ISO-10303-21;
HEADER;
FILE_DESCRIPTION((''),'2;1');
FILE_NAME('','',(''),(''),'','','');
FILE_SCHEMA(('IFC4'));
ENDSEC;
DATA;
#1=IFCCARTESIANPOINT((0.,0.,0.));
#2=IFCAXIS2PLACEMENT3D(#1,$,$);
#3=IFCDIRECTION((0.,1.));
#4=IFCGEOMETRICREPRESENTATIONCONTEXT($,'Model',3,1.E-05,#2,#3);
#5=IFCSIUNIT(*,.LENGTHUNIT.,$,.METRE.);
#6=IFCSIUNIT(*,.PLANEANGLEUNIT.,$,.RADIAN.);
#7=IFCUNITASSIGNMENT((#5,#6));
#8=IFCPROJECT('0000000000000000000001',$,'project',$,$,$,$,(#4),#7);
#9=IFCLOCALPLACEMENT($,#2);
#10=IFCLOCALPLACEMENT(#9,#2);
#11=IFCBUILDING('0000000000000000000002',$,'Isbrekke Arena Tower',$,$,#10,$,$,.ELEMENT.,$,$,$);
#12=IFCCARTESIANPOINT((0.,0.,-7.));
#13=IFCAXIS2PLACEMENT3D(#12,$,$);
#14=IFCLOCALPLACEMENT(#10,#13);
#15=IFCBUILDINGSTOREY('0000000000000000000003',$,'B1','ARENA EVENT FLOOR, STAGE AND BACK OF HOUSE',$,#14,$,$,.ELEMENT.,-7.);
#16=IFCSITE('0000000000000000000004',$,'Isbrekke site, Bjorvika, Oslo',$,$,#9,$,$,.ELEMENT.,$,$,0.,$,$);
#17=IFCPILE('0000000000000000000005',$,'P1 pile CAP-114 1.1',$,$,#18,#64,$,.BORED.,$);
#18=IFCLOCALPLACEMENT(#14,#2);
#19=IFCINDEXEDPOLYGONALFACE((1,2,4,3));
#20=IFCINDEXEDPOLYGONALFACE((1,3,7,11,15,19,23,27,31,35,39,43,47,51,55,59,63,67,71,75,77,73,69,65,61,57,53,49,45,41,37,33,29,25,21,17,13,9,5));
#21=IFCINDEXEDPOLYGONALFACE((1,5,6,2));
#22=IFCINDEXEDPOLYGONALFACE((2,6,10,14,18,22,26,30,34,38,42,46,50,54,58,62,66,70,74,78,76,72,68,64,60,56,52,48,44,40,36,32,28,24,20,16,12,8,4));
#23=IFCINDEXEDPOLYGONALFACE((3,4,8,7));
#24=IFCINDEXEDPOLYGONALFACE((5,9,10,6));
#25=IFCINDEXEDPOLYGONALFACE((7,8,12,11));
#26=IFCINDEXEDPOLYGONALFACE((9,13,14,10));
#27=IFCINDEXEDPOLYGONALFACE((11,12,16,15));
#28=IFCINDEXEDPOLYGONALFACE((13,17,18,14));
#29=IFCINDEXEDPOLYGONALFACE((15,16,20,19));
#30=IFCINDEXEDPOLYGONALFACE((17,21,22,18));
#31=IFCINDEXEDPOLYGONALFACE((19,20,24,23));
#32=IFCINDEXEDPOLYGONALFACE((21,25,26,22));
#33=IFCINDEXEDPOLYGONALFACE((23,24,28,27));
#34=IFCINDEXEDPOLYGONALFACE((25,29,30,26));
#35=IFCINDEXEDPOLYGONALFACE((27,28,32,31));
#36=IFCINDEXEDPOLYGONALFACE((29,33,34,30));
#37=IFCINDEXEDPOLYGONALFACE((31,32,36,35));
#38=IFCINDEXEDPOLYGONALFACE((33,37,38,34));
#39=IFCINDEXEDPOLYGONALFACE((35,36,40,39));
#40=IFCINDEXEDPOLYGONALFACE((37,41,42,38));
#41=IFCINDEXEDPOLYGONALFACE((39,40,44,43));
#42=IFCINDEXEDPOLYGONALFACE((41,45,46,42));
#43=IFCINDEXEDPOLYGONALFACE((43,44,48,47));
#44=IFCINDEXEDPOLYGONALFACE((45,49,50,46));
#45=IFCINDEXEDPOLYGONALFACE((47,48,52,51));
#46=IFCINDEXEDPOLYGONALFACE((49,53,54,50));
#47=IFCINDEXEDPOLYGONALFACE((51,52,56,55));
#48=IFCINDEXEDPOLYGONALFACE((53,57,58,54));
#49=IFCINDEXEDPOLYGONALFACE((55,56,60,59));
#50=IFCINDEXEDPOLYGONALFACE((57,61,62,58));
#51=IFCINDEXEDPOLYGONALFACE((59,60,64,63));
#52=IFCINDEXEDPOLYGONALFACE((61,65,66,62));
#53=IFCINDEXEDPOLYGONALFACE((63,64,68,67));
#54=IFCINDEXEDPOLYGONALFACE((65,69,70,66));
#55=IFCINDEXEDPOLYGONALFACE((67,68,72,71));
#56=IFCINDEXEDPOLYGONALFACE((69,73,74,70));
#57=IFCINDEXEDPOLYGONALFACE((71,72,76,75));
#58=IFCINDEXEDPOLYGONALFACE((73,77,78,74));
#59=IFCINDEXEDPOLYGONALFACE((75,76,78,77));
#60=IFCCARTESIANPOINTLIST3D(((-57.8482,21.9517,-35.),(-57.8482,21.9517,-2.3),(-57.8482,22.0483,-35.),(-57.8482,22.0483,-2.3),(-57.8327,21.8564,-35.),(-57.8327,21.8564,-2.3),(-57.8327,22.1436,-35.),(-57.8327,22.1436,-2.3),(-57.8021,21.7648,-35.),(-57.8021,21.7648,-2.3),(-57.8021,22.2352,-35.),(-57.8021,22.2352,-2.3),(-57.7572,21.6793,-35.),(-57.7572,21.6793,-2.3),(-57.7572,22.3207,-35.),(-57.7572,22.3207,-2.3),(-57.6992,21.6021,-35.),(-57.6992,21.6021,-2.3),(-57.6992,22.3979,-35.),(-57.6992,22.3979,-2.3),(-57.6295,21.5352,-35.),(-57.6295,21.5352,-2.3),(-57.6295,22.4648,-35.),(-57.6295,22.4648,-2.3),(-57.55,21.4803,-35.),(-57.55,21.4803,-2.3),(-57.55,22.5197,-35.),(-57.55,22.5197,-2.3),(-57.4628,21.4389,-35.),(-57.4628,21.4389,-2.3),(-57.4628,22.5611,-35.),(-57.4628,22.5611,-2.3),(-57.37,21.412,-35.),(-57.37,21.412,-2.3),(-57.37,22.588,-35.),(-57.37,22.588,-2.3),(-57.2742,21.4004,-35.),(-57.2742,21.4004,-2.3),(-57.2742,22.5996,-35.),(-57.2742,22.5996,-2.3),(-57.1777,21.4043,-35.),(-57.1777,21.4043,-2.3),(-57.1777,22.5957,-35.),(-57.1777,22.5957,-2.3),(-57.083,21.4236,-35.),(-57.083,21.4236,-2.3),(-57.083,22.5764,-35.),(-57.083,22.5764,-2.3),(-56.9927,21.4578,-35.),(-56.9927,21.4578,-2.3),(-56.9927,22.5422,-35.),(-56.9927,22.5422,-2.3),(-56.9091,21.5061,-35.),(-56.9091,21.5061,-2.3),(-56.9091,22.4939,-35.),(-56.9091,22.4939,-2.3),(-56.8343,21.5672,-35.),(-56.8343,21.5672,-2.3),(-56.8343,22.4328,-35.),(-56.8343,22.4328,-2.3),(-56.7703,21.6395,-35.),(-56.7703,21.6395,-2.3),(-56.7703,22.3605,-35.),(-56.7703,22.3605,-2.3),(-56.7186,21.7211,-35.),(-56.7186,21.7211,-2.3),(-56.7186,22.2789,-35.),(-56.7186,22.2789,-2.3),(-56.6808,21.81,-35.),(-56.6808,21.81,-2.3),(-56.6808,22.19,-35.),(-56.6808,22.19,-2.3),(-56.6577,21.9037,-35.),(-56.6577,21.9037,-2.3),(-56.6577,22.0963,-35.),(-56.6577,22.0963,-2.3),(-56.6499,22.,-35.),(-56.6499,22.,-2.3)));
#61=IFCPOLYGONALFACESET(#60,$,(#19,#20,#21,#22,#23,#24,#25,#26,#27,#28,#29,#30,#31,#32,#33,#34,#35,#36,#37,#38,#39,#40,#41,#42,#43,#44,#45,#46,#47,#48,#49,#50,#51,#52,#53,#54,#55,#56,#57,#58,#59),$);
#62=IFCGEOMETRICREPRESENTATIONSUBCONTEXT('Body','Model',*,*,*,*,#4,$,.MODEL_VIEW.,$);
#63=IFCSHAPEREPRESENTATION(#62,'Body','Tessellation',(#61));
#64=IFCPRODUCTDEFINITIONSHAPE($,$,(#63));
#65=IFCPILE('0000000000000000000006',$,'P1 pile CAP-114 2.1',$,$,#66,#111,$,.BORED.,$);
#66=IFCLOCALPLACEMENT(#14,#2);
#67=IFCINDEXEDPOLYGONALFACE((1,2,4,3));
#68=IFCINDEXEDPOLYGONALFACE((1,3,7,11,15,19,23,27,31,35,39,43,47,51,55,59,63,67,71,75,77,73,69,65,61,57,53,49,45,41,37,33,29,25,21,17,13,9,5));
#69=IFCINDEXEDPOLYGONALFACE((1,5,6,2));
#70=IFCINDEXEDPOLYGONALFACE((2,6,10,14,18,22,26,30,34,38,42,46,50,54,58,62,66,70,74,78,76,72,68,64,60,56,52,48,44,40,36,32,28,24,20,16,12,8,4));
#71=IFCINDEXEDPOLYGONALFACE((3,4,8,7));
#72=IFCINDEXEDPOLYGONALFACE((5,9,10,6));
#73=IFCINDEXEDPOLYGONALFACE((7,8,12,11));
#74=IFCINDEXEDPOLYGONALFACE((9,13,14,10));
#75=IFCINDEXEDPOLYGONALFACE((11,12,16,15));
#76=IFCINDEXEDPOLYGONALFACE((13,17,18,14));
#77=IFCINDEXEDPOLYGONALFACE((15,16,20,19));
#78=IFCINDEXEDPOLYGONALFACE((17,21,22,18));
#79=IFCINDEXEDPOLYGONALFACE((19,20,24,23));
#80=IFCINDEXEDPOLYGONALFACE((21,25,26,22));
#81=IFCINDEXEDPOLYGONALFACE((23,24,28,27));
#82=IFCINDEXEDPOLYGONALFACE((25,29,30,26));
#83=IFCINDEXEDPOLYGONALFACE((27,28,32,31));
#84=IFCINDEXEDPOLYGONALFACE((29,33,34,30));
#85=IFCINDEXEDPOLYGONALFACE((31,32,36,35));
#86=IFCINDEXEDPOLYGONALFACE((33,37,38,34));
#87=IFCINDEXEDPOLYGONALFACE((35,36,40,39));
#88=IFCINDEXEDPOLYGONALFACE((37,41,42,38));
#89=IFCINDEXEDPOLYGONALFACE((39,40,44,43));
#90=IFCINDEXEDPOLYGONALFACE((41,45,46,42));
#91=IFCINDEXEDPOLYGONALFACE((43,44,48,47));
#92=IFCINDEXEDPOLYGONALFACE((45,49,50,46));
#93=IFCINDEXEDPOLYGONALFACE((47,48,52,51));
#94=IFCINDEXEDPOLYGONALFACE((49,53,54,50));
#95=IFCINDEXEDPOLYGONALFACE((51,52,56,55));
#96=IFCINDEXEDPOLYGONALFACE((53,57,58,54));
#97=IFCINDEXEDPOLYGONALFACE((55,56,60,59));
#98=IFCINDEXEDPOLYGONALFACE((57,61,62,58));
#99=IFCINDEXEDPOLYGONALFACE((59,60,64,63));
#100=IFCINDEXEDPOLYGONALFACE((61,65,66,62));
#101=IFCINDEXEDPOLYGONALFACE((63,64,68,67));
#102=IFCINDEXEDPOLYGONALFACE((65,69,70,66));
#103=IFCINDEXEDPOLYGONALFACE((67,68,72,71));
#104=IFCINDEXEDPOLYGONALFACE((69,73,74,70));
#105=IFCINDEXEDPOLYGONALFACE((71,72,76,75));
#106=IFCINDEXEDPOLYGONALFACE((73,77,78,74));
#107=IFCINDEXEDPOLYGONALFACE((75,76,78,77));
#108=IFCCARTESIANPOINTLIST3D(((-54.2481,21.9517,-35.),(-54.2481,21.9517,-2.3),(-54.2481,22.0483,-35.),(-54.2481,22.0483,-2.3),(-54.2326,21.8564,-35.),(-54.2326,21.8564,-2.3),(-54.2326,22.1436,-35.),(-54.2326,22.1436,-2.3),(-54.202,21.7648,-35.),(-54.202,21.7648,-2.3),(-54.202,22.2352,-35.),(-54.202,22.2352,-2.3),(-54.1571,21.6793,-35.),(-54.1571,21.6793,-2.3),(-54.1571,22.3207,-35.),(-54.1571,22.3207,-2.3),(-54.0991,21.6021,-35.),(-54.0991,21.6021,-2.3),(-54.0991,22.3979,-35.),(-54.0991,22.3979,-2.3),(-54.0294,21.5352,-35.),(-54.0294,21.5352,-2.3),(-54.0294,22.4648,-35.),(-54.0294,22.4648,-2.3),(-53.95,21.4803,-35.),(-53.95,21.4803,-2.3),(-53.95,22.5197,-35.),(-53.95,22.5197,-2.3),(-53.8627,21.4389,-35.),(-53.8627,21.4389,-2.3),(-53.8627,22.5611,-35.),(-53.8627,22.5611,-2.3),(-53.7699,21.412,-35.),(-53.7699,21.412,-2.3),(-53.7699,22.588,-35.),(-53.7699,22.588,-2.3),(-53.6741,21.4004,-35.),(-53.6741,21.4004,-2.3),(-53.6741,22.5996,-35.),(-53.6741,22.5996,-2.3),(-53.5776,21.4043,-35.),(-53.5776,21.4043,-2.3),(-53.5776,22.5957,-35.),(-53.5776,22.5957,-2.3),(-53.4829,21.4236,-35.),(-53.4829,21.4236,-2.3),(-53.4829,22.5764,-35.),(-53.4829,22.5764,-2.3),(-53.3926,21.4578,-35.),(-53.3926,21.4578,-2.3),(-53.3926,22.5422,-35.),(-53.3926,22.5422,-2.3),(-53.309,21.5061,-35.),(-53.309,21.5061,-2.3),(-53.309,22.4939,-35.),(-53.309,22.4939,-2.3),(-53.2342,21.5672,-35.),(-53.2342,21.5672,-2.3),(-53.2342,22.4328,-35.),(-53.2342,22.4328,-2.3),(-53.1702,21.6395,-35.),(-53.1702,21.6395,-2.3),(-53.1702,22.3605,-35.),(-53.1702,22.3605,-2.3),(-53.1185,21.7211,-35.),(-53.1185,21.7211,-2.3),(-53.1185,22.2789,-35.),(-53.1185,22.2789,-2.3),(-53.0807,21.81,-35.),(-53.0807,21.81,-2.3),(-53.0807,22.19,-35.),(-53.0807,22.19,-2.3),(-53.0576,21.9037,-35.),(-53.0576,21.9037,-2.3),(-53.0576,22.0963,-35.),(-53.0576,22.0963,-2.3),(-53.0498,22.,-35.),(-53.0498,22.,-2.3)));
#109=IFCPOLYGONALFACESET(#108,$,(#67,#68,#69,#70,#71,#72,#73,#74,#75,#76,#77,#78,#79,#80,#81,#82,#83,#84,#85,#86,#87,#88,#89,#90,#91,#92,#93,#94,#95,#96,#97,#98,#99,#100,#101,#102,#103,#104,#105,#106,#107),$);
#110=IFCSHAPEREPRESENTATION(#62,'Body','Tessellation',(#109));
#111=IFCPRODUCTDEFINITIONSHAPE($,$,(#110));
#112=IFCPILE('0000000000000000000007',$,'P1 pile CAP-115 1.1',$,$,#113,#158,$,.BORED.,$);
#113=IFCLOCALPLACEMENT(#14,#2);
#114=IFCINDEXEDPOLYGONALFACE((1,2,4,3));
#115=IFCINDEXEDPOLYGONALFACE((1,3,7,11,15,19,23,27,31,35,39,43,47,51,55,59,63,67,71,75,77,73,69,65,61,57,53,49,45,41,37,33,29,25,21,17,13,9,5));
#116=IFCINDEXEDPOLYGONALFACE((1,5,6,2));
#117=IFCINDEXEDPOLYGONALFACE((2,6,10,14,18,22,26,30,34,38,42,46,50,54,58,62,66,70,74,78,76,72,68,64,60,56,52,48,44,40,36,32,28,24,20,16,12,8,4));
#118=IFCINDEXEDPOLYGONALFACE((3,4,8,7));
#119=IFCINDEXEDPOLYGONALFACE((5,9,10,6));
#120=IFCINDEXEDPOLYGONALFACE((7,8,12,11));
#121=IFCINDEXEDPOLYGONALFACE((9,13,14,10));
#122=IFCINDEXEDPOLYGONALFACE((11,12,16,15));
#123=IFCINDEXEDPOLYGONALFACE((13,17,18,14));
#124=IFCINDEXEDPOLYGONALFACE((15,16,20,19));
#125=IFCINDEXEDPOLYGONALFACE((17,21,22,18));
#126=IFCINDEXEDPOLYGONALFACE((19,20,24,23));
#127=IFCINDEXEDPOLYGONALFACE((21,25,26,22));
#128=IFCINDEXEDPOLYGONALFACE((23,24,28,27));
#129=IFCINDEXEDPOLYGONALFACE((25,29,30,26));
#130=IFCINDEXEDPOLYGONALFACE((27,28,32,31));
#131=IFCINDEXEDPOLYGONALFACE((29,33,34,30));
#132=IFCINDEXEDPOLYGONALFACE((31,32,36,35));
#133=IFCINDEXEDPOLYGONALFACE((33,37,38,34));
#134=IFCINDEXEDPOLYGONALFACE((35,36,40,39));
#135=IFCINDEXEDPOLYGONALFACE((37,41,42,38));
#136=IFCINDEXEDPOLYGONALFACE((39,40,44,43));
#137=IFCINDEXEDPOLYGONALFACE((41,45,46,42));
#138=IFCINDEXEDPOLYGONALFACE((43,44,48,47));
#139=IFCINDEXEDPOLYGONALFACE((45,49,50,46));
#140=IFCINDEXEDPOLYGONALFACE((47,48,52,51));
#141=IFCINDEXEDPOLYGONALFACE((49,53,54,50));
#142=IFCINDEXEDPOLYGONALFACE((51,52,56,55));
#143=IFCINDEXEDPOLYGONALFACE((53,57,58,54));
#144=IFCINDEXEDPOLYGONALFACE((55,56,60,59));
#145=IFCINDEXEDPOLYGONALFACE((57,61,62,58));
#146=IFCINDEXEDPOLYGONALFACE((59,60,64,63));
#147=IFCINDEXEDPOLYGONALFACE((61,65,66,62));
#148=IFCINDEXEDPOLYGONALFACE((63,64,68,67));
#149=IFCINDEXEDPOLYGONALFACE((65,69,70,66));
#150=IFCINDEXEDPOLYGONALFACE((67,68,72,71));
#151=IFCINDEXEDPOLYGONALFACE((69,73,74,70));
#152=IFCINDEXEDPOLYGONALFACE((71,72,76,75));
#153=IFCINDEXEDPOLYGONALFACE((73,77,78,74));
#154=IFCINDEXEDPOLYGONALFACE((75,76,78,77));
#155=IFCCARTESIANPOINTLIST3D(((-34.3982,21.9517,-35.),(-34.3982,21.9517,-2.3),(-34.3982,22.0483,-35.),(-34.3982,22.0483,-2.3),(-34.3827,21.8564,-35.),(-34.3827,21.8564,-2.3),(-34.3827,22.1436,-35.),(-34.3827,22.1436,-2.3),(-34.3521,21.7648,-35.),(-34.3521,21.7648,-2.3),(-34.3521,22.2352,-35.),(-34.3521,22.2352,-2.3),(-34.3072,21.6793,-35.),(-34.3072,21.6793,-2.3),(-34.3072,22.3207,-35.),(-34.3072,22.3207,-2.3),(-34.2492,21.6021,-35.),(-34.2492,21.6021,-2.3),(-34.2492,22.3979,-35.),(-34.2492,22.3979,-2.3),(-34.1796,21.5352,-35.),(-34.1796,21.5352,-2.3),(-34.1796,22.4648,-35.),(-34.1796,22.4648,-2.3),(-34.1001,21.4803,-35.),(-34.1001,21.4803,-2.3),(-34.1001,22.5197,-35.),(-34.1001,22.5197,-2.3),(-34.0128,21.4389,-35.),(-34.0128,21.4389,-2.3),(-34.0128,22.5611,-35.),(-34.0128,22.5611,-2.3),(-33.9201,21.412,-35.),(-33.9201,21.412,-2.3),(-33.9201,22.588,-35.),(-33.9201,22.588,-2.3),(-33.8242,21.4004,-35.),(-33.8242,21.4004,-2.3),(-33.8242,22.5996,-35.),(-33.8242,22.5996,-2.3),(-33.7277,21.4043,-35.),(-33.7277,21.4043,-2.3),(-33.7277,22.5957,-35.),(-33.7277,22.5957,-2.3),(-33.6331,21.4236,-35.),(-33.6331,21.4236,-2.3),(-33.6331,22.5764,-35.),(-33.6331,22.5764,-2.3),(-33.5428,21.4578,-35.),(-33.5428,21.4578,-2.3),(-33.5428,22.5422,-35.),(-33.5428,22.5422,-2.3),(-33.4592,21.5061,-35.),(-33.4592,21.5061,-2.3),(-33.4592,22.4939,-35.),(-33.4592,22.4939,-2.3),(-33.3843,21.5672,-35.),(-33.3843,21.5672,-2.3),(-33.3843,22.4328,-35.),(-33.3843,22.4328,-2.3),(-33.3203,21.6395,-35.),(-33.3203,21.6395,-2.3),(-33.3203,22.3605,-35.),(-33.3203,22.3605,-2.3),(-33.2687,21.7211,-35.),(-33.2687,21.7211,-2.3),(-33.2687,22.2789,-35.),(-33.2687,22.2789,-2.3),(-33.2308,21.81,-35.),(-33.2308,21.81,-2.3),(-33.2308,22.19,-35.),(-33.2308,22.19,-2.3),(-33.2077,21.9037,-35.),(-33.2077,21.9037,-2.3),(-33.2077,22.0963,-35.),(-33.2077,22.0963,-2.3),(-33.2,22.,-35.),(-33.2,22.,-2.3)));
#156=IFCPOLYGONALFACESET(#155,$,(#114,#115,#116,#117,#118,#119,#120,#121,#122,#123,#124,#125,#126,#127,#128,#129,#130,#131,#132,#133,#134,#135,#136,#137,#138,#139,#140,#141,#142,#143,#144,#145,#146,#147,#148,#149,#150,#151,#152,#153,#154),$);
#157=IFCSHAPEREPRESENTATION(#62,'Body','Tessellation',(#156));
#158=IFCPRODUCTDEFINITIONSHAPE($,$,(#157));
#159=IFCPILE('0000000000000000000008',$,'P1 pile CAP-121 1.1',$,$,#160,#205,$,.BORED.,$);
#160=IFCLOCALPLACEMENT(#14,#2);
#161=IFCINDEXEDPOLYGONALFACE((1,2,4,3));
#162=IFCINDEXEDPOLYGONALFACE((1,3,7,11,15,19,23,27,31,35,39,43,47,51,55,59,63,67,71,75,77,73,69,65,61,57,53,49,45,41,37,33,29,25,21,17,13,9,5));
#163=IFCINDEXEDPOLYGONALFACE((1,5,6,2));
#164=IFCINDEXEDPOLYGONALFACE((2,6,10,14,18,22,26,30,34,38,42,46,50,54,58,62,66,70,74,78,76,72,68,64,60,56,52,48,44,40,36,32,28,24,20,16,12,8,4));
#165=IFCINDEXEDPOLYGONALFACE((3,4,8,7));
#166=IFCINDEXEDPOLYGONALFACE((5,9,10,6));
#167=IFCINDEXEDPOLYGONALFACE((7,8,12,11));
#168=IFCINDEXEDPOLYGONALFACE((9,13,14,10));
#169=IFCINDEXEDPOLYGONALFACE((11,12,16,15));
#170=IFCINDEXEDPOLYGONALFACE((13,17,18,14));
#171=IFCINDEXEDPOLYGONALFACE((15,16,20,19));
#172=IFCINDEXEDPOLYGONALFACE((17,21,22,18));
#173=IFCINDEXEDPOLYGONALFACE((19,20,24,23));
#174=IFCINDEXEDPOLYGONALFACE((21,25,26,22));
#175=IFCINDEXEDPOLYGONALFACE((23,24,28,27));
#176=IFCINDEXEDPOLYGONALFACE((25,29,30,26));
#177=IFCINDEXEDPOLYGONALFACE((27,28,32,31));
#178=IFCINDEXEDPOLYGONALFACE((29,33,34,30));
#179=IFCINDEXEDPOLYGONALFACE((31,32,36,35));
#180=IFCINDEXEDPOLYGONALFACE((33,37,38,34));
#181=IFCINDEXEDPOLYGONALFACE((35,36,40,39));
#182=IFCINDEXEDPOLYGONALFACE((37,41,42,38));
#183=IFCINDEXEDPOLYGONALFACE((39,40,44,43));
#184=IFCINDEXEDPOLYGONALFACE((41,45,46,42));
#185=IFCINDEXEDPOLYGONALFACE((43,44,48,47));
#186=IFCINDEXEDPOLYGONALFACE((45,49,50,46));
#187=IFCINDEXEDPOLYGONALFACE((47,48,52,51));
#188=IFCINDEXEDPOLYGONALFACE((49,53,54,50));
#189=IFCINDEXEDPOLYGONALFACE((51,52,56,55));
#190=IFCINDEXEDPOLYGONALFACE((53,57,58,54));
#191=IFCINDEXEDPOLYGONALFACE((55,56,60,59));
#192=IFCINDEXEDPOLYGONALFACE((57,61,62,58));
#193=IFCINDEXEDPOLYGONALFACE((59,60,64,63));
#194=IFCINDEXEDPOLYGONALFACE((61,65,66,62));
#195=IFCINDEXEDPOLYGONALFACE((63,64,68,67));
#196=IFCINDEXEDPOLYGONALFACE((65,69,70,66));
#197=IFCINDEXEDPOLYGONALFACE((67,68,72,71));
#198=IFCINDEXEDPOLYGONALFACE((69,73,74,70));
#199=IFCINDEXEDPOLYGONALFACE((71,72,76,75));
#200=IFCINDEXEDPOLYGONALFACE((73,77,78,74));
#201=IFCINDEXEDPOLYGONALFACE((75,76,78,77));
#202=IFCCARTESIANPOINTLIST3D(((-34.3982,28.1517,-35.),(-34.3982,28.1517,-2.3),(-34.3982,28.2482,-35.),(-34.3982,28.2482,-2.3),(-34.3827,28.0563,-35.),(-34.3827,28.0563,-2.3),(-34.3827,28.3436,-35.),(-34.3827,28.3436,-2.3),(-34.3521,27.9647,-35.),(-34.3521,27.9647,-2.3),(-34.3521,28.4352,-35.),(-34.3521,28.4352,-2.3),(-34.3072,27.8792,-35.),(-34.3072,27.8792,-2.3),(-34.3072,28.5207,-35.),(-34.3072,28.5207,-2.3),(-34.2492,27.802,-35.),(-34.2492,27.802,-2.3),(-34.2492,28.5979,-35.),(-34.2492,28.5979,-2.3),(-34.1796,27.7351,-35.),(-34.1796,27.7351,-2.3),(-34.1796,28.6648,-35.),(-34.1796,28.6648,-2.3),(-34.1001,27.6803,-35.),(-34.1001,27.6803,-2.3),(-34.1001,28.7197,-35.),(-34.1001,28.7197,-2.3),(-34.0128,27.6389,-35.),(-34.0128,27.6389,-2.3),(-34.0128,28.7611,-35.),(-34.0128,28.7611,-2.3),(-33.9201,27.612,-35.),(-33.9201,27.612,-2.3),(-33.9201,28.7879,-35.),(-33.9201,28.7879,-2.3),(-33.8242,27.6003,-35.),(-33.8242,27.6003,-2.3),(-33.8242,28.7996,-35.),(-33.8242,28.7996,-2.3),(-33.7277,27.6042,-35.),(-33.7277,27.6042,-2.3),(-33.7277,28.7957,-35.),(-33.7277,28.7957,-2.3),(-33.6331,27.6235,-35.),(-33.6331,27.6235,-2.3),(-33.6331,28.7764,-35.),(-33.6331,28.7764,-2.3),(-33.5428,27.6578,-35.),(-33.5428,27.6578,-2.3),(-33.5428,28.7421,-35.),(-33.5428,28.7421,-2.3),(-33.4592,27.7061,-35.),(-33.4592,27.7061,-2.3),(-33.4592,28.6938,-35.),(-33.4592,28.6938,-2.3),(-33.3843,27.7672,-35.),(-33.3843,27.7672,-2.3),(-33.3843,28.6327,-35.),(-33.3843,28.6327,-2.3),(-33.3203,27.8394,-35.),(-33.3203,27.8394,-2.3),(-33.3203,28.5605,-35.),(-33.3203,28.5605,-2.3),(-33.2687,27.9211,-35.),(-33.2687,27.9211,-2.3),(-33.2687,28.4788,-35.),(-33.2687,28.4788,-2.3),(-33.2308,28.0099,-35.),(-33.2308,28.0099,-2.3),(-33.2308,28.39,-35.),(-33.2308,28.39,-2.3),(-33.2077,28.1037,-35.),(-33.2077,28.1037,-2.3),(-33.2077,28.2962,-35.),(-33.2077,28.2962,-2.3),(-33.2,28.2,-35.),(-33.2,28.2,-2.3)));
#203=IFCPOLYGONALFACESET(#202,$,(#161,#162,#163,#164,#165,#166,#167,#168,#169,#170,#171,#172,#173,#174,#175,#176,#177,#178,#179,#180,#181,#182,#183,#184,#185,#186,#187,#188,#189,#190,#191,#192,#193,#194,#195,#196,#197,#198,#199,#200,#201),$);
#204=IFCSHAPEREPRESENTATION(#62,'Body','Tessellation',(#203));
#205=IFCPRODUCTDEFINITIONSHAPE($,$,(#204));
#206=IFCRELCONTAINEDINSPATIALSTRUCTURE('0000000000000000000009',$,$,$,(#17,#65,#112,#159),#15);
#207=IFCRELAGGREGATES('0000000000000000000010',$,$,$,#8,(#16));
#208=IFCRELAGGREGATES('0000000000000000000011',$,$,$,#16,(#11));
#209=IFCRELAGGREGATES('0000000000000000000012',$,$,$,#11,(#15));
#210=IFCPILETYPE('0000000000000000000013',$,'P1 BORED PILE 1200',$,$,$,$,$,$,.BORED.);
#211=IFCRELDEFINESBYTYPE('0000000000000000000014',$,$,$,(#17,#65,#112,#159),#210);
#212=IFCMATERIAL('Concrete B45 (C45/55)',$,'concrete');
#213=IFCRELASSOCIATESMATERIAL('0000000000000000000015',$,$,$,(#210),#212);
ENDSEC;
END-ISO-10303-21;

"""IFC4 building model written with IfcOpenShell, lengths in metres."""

from ifc_helpers import new_model, si_unit, direction, frame, origin, origin_2d, place, context, subcontext, project, spatial, circle, extrude, material, material_profile, profile_set, type_object, element, save


model = new_model("IFC4")

# Units and contexts
model_context = context("Model", 3, precision=1e-05, world=origin(), true_north=direction((0.0, 1.0)))
body_context = subcontext(model_context, "Body", "Model", "MODEL_VIEW")
ifc_project = project(units=[si_unit("LENGTHUNIT", "METRE"), si_unit("PLANEANGLEUNIT", "RADIAN")], contexts=[model_context])

# Site, building, storey
site_placement = place(None, origin())
site = spatial("IfcSite", under=ifc_project, at=site_placement, Name="Isbrekke site, Bjorvika, Oslo", CompositionType="ELEMENT", RefElevation=0.0)
building_placement = place(site_placement, origin())
building = spatial("IfcBuilding", under=site, at=building_placement, Name="Isbrekke Arena Tower", CompositionType="ELEMENT")
storey_placement = place(building_placement, frame((0.0, 0.0, -7.0)))
storey = spatial("IfcBuildingStorey", under=building, at=storey_placement, Name="B1", Description="ARENA EVENT FLOOR, STAGE AND BACK OF HOUSE", CompositionType="ELEMENT", Elevation=-7.0)

# Piles
ifc_material_1 = material(Name="Concrete B45 (C45/55)", Category="concrete")
ifc_material_profile_1 = material_profile(ifc_material_1, circle(Radius=0.6001, at=origin_2d()), Name="BORED PILE D1200")
ifc_profile_set_1 = profile_set([ifc_material_profile_1], Name="Concrete B45 (C45/55)")
pile_type = type_object("IfcPileType", Name="P1 BORED PILE 1200", PredefinedType="BORED", material=ifc_profile_set_1)
for number, where, z_axis, x_axis, name in (
    (1, (-57.25, 22.0, -2.3), (0.0, 0.0, -1.0), (1.0, 0.0, 0.0), "P1 pile CAP-114 1.1"),
    (2, (-53.6499, 22.0, -2.3), (0.0, 0.0, -1.0), (1.0, 0.0, 0.0), "P1 pile CAP-114 2.1"),
    (3, (-33.8, 22.0, -2.3), (0.0, 0.0, -1.0), (1.0, 0.0, 0.0), "P1 pile CAP-115 1.1"),
    (4, (-33.8, 28.2, -2.3), (0.0, 0.0, -1.0), (1.0, 0.0, 0.0), "P1 pile CAP-121 1.1"),
):
    element("IfcPile", number, at=place(storey_placement, frame(where, z_axis=z_axis, x_axis=x_axis)), inside=storey, type_object=pile_type, Name=name, PredefinedType="BORED", context=body_context, shape_type="SweptSolid", body=[
        extrude(circle(Radius=0.6001, at=origin_2d()), origin(), (0.0, 0.0, 1.0), 32.7),
    ])

save(model, "model.ifc")
